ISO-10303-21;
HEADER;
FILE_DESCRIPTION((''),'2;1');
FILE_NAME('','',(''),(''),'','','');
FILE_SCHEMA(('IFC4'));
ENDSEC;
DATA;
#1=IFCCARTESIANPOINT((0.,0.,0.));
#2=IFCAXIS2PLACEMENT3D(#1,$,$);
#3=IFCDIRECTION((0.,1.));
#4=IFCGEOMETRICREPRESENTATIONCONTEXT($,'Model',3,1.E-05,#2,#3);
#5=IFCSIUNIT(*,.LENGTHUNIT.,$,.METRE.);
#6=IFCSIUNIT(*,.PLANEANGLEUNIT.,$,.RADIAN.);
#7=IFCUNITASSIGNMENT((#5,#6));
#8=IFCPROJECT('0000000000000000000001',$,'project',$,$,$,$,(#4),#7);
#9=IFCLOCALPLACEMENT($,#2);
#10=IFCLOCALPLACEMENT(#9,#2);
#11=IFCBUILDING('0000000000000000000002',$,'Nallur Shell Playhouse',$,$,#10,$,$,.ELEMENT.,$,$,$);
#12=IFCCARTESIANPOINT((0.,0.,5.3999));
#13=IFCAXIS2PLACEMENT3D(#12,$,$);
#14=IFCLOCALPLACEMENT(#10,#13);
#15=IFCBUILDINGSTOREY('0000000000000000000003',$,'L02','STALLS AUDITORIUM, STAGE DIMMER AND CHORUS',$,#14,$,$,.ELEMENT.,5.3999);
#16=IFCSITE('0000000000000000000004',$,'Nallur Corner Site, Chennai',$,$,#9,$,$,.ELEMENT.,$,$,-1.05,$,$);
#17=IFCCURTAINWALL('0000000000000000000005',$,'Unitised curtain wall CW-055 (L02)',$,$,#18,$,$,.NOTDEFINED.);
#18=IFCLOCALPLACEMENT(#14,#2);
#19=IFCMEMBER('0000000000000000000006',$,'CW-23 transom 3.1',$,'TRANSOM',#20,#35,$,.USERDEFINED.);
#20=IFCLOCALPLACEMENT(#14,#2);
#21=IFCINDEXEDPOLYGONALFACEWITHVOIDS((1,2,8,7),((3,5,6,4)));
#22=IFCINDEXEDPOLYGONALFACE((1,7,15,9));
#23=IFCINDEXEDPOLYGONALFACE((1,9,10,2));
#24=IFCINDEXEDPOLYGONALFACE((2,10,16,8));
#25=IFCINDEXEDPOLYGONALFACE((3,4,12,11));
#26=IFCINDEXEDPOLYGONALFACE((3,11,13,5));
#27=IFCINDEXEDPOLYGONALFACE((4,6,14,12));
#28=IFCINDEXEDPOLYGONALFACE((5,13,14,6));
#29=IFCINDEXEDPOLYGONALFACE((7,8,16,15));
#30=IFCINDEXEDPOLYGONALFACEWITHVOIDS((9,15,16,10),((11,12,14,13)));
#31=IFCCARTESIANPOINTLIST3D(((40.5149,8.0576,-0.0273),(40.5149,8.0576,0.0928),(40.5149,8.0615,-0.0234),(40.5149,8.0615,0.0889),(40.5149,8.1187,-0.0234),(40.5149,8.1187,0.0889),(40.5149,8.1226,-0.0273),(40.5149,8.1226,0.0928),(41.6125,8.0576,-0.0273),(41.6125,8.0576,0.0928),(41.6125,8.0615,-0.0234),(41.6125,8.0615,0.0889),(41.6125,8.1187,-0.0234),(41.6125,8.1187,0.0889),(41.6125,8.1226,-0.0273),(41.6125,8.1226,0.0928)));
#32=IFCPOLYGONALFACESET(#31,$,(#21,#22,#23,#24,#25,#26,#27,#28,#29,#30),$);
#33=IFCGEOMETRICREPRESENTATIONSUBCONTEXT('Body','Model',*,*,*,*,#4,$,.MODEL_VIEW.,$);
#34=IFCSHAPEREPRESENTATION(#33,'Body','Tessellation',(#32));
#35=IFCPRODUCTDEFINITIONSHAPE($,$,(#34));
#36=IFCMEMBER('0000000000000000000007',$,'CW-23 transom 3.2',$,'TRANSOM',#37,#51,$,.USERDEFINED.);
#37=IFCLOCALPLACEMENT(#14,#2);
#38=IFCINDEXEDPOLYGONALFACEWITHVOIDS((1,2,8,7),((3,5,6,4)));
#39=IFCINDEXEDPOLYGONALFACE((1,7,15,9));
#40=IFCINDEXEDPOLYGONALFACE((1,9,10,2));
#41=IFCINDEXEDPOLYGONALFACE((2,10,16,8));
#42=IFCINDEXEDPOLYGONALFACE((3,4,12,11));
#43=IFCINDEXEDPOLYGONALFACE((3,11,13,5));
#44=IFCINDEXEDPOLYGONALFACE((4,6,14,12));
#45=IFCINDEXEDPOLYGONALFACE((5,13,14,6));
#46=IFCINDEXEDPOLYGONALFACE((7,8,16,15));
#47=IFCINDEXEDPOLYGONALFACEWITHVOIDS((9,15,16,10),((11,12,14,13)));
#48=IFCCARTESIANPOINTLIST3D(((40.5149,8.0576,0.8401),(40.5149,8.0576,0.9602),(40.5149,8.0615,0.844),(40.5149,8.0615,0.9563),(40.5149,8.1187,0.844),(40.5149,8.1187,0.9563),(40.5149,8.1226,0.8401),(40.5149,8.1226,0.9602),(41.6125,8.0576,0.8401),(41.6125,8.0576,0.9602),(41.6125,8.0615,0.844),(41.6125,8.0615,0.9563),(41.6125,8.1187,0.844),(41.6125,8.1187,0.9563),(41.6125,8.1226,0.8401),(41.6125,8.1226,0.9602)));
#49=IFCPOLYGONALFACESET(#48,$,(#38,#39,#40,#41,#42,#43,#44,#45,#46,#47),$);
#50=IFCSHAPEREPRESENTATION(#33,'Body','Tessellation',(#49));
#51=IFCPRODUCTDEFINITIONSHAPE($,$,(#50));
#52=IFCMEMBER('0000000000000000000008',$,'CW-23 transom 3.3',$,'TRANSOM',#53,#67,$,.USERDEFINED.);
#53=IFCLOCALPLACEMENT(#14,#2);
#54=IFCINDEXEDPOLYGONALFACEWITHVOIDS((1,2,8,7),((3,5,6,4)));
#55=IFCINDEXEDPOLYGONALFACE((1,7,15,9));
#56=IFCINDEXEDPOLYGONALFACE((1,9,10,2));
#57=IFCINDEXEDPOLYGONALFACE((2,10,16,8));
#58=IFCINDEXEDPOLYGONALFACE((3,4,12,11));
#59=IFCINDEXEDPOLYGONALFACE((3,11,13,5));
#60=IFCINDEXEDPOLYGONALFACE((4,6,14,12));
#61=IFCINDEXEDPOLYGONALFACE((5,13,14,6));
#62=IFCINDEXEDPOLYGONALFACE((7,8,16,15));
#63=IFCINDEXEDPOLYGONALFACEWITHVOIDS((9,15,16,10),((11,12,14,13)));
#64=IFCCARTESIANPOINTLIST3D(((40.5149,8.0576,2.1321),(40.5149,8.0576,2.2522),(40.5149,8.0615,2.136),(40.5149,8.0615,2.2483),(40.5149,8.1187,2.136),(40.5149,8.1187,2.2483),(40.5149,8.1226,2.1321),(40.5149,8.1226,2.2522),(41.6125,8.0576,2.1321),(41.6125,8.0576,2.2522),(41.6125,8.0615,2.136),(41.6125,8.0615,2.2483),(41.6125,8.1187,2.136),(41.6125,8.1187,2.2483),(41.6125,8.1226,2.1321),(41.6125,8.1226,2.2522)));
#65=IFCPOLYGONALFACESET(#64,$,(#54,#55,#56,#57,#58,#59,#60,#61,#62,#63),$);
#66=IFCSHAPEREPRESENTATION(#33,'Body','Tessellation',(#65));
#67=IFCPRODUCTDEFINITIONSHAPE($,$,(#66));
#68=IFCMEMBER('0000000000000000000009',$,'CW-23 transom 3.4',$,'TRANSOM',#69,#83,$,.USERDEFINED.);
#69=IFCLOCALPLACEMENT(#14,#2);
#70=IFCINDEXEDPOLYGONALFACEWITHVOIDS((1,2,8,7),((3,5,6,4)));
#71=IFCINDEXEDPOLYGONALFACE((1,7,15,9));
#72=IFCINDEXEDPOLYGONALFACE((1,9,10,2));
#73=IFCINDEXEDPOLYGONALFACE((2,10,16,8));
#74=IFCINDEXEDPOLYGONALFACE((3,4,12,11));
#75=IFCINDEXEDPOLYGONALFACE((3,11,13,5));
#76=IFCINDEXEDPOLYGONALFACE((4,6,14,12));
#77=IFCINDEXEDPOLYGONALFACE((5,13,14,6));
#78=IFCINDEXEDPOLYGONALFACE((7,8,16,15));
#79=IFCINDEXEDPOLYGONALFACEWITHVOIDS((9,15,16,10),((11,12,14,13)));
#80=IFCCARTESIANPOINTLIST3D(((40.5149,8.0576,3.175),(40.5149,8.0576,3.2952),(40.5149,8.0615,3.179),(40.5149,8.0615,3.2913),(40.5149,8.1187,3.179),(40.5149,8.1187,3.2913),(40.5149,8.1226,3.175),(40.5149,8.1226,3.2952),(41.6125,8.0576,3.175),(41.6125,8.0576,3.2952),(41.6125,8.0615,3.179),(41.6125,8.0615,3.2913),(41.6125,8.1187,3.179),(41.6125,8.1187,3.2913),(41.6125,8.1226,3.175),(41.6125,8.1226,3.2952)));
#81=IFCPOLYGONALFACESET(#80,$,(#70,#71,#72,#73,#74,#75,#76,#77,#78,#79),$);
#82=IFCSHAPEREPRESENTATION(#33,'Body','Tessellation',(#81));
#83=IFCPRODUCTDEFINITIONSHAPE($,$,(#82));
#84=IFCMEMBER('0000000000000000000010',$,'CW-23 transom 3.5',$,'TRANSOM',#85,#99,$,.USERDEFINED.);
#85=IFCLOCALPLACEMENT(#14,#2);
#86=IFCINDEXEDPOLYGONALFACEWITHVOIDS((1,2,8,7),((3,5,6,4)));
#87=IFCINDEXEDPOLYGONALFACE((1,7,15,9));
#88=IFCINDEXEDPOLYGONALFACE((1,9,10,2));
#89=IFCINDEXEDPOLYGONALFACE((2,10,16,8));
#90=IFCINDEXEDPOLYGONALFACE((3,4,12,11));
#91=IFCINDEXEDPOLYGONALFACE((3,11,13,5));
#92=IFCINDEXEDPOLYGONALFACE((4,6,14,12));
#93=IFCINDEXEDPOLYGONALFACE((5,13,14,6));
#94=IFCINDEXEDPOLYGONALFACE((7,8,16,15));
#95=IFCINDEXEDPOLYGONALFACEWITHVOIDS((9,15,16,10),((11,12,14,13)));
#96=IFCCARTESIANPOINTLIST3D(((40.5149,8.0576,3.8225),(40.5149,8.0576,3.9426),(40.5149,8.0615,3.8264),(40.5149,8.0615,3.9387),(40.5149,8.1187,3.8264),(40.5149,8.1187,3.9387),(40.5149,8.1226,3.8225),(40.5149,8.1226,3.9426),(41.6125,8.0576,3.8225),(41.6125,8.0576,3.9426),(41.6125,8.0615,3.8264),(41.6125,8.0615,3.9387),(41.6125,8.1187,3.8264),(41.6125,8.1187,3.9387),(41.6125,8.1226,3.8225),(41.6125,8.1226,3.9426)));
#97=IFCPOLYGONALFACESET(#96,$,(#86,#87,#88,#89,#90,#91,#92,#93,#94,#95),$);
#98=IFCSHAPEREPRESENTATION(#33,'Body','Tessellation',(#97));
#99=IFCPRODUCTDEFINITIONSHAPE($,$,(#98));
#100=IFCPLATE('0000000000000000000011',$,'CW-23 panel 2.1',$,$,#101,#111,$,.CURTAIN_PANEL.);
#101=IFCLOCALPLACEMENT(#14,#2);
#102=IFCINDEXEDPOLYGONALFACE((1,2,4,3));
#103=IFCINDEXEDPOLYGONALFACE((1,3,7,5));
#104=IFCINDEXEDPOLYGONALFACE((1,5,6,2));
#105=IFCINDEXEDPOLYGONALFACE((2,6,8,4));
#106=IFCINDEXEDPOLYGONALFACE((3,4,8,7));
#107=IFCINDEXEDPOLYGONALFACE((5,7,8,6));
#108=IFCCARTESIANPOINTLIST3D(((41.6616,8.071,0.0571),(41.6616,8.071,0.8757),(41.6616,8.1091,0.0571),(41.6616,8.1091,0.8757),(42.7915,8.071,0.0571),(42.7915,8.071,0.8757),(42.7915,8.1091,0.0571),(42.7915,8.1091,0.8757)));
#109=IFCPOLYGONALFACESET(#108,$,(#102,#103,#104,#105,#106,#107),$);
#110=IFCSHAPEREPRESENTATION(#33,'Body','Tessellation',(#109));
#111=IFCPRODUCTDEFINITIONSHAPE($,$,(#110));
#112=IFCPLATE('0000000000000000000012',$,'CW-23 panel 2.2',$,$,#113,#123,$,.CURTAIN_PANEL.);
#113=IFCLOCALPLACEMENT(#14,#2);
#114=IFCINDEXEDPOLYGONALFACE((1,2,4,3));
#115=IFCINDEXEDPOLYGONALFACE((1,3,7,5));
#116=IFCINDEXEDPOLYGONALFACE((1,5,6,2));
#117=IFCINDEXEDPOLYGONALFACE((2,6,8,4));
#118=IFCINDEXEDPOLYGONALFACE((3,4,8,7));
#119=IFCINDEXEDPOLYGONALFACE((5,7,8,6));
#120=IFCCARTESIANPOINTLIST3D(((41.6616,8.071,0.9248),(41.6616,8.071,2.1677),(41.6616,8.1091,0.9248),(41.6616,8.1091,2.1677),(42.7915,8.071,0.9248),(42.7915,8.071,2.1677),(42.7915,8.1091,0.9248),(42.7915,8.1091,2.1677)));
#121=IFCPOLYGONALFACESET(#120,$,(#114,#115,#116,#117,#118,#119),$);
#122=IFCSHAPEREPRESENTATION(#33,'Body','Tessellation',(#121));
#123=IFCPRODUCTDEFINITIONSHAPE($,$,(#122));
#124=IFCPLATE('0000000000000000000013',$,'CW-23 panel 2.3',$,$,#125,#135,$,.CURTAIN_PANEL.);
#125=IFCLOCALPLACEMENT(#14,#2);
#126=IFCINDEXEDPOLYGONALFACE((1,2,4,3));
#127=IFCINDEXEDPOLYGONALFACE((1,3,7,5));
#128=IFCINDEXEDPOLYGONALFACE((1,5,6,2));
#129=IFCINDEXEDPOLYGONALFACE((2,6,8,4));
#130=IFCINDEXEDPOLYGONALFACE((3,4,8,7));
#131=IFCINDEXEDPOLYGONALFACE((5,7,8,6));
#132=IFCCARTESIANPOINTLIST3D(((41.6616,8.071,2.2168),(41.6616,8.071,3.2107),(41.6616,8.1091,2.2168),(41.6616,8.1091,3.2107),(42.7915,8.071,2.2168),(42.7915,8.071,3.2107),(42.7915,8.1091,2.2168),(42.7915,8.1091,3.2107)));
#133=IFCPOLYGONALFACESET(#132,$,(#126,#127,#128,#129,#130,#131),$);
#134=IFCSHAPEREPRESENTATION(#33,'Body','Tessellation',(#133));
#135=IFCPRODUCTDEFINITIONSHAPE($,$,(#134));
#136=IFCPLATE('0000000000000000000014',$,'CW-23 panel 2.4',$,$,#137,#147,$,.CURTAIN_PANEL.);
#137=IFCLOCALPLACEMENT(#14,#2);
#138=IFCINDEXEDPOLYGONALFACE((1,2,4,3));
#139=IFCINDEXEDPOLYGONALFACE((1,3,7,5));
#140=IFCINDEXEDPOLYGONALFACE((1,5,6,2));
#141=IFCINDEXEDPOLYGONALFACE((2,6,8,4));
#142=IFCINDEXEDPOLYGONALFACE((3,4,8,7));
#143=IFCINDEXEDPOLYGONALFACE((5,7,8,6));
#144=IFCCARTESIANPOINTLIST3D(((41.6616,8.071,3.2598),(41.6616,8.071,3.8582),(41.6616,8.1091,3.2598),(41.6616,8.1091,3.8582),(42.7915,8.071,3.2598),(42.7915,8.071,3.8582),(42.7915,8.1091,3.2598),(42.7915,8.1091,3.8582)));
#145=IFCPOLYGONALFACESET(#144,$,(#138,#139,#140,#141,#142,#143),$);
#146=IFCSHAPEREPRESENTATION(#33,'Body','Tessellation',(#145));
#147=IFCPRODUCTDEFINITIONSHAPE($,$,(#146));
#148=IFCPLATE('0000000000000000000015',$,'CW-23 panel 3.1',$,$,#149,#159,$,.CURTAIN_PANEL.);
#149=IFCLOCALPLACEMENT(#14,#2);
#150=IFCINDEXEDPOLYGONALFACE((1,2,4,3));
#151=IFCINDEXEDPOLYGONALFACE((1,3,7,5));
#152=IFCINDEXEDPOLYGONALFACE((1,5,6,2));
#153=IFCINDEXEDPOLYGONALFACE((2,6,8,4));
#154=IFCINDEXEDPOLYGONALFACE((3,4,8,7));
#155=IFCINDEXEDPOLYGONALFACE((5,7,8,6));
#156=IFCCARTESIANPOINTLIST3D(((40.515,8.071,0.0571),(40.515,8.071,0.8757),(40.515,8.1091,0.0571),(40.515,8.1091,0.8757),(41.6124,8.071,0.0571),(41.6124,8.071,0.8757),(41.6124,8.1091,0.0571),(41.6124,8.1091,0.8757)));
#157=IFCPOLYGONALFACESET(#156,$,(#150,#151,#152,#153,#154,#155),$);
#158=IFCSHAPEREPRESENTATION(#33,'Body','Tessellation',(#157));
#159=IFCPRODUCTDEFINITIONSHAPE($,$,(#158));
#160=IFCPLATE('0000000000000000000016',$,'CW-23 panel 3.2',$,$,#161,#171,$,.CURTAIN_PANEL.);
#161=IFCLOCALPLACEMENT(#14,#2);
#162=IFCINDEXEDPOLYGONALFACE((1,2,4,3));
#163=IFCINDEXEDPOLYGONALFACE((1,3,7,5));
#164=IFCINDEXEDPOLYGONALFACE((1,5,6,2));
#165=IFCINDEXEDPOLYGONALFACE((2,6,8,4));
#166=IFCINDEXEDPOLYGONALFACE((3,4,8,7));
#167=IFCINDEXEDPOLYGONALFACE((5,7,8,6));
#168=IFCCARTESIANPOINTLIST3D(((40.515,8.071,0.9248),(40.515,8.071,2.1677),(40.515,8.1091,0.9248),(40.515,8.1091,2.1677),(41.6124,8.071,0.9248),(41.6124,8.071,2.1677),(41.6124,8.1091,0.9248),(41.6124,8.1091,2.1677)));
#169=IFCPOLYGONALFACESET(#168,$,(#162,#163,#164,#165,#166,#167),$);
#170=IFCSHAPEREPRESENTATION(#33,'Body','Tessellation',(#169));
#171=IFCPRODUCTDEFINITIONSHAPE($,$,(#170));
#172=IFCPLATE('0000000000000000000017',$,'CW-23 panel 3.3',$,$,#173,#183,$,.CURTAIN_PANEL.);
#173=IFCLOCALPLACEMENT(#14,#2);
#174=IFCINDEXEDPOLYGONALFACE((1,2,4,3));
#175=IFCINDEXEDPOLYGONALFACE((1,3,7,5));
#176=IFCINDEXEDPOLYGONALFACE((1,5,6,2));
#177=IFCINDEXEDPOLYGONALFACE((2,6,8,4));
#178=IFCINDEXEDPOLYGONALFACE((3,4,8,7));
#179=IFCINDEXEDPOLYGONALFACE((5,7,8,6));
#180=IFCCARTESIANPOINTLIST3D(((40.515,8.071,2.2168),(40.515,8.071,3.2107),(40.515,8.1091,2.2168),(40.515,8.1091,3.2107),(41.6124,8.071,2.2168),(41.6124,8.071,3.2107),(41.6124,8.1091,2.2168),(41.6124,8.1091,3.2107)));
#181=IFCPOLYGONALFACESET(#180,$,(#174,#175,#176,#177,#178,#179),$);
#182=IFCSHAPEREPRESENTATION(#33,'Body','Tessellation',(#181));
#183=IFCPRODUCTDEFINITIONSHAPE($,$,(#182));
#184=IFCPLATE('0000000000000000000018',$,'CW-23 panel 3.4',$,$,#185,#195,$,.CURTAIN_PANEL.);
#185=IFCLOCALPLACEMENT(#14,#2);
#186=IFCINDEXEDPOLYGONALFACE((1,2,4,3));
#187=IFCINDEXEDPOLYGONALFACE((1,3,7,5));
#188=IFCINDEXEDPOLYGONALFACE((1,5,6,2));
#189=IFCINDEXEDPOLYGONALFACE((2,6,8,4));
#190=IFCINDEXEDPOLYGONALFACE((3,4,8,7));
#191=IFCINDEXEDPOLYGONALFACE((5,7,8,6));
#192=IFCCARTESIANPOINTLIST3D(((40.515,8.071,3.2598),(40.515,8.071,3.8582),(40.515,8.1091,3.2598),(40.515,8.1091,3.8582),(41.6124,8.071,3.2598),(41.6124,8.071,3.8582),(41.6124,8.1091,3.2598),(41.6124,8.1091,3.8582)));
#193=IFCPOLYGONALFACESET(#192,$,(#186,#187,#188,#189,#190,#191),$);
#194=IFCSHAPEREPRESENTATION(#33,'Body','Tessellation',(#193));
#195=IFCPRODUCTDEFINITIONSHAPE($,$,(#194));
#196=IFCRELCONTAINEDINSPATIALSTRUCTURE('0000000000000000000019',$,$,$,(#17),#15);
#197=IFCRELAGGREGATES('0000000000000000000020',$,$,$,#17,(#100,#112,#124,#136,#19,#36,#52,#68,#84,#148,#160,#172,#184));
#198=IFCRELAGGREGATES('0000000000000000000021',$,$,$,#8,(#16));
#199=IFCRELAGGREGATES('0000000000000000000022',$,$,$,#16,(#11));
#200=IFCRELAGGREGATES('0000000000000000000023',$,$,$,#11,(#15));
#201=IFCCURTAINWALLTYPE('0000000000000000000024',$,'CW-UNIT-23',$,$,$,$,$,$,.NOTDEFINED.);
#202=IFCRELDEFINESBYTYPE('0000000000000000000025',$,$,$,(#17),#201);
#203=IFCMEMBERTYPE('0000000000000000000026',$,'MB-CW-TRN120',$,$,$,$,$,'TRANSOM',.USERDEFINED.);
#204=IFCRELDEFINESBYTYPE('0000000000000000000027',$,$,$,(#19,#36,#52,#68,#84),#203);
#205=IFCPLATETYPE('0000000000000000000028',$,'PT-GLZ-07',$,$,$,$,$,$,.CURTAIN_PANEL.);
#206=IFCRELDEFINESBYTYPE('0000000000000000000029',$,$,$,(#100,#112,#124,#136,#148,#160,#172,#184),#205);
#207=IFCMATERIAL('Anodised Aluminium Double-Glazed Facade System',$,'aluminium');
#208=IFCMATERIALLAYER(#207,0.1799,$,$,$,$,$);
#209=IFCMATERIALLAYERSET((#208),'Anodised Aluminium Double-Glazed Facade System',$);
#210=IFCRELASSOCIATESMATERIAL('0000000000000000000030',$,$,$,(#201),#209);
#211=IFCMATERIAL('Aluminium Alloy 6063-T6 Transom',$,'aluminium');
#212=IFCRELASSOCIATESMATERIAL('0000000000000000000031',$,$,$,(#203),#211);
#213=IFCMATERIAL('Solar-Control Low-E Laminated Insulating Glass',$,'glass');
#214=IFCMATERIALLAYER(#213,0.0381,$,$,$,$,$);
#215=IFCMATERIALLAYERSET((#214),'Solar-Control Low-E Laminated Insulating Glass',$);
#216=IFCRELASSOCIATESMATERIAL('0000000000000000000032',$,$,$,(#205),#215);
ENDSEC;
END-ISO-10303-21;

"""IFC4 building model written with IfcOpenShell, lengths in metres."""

from ifc_helpers import new_model, si_unit, direction, frame, origin, origin_2d, place, context, subcontext, project, spatial, rectangle, hollow_rectangle, extrude, material, layer, layer_set, material_profile, profile_set, type_object, element, aggregate, save


model = new_model("IFC4")

# Units and contexts
model_context = context("Model", 3, precision=1e-05, world=origin(), true_north=direction((0.0, 1.0)))
body_context = subcontext(model_context, "Body", "Model", "MODEL_VIEW")
ifc_project = project(units=[si_unit("LENGTHUNIT", "METRE"), si_unit("PLANEANGLEUNIT", "RADIAN")], contexts=[model_context])

# Site, building, storey
site_placement = place(None, origin())
site = spatial("IfcSite", under=ifc_project, at=site_placement, Name="Nallur Corner Site, Chennai", CompositionType="ELEMENT", RefElevation=-1.05)
building_placement = place(site_placement, origin())
building = spatial("IfcBuilding", under=site, at=building_placement, Name="Nallur Shell Playhouse", CompositionType="ELEMENT")
storey_placement = place(building_placement, frame((0.0, 0.0, 5.3999)))
storey = spatial("IfcBuildingStorey", under=building, at=storey_placement, Name="L02", Description="STALLS AUDITORIUM, STAGE DIMMER AND CHORUS", CompositionType="ELEMENT", Elevation=5.3999)

# Curtain wall, members, plates
ifc_material_1 = material(Name="Anodised Aluminium Double-Glazed Facade System", Category="aluminium")
ifc_layer_1 = layer(ifc_material_1, 0.1799)
ifc_layer_set_1 = layer_set([ifc_layer_1], Name="Anodised Aluminium Double-Glazed Facade System")
curtain_wall_type = type_object("IfcCurtainWallType", Name="CW-UNIT-23", PredefinedType="NOTDEFINED", material=ifc_layer_set_1)
curtain_wall_placement = place(storey_placement, origin())
curtain_wall = element("IfcCurtainWall", 1, at=curtain_wall_placement, inside=storey, type_object=curtain_wall_type, Name="Unitised curtain wall CW-055 (L02)", PredefinedType="NOTDEFINED")
ifc_material_2 = material(Name="Aluminium Alloy 6063-T6 Transom", Category="aluminium")
ifc_material_profile_1 = material_profile(ifc_material_2, hollow_rectangle(XDim=0.0649, YDim=0.1201, WallThickness=0.0039, at=origin_2d()), Name="ALU 65x120x4")
ifc_profile_set_1 = profile_set([ifc_material_profile_1], Name="Aluminium Alloy 6063-T6 Transom")
member_type_1 = type_object("IfcMemberType", Name="MB-CW-TRN120", ElementType="TRANSOM", PredefinedType="USERDEFINED", material=ifc_profile_set_1)
member_1_placement = place(storey_placement, frame((41.6125, 8.0901, 0.0327), z_axis=(-1.0, 0.0, 0.0), x_axis=(0.0, -1.0, 0.0)))
member_1 = element("IfcMember", 2, at=member_1_placement, type_object=member_type_1, Name="CW-23 transom 3.1", ObjectType="TRANSOM", PredefinedType="USERDEFINED", context=body_context, shape_type="SweptSolid", body=[
    extrude(hollow_rectangle(XDim=0.0649, YDim=0.1201, WallThickness=0.0039, at=origin_2d()), origin(), (0.0, 0.0, 1.0), 1.0977),
])
member_2_placement = place(storey_placement, frame((41.6125, 8.0901, 0.9001), z_axis=(-1.0, 0.0, 0.0), x_axis=(0.0, -1.0, 0.0)))
member_2 = element("IfcMember", 3, at=member_2_placement, type_object=member_type_1, Name="CW-23 transom 3.2", ObjectType="TRANSOM", PredefinedType="USERDEFINED", context=body_context, shape_type="SweptSolid", body=[
    extrude(hollow_rectangle(XDim=0.0649, YDim=0.1201, WallThickness=0.0039, at=origin_2d()), origin(), (0.0, 0.0, 1.0), 1.0977),
])
member_3_placement = place(storey_placement, frame((41.6125, 8.0901, 2.1921), z_axis=(-1.0, 0.0, 0.0), x_axis=(0.0, -1.0, 0.0)))
member_3 = element("IfcMember", 4, at=member_3_placement, type_object=member_type_1, Name="CW-23 transom 3.3", ObjectType="TRANSOM", PredefinedType="USERDEFINED", context=body_context, shape_type="SweptSolid", body=[
    extrude(hollow_rectangle(XDim=0.0649, YDim=0.1201, WallThickness=0.0039, at=origin_2d()), origin(), (0.0, 0.0, 1.0), 1.0977),
])
member_4_placement = place(storey_placement, frame((41.6125, 8.0901, 3.2351), z_axis=(-1.0, 0.0, 0.0), x_axis=(0.0, -1.0, 0.0)))
member_4 = element("IfcMember", 5, at=member_4_placement, type_object=member_type_1, Name="CW-23 transom 3.4", ObjectType="TRANSOM", PredefinedType="USERDEFINED", context=body_context, shape_type="SweptSolid", body=[
    extrude(hollow_rectangle(XDim=0.0649, YDim=0.1201, WallThickness=0.0039, at=origin_2d()), origin(), (0.0, 0.0, 1.0), 1.0977),
])
member_5_placement = place(storey_placement, frame((41.6125, 8.0901, 3.8826), z_axis=(-1.0, 0.0, 0.0), x_axis=(0.0, -1.0, 0.0)))
member_5 = element("IfcMember", 6, at=member_5_placement, type_object=member_type_1, Name="CW-23 transom 3.5", ObjectType="TRANSOM", PredefinedType="USERDEFINED", context=body_context, shape_type="SweptSolid", body=[
    extrude(hollow_rectangle(XDim=0.0649, YDim=0.1201, WallThickness=0.0039, at=origin_2d()), origin(), (0.0, 0.0, 1.0), 1.0977),
])
ifc_material_3 = material(Name="Solar-Control Low-E Laminated Insulating Glass", Category="glass")
ifc_layer_2 = layer(ifc_material_3, 0.0381)
ifc_layer_set_2 = layer_set([ifc_layer_2], Name="Solar-Control Low-E Laminated Insulating Glass")
plate_type = type_object("IfcPlateType", Name="PT-GLZ-07", PredefinedType="CURTAIN_PANEL", material=ifc_layer_set_2)
plate_1_placement = place(storey_placement, frame((42.2266, 8.0901, 0.0571), z_axis=(0.0, 0.0, 1.0), x_axis=(-1.0, 0.0, 0.0)))
plate_1 = element("IfcPlate", 7, at=plate_1_placement, type_object=plate_type, Name="CW-23 panel 2.1", PredefinedType="CURTAIN_PANEL", context=body_context, shape_type="SweptSolid", body=[
    extrude(rectangle(XDim=1.1299, YDim=0.0381, at=origin_2d()), origin(), (0.0, 0.0, 1.0), 0.8186),
])
plate_2_placement = place(storey_placement, frame((42.2266, 8.0901, 0.9248), z_axis=(0.0, 0.0, 1.0), x_axis=(-1.0, 0.0, 0.0)))
plate_2 = element("IfcPlate", 8, at=plate_2_placement, type_object=plate_type, Name="CW-23 panel 2.2", PredefinedType="CURTAIN_PANEL", context=body_context, shape_type="SweptSolid", body=[
    extrude(rectangle(XDim=1.1299, YDim=0.0381, at=origin_2d()), origin(), (0.0, 0.0, 1.0), 1.2429),
])
plate_3_placement = place(storey_placement, frame((42.2266, 8.0901, 2.2168), z_axis=(0.0, 0.0, 1.0), x_axis=(-1.0, 0.0, 0.0)))
plate_3 = element("IfcPlate", 9, at=plate_3_placement, type_object=plate_type, Name="CW-23 panel 2.3", PredefinedType="CURTAIN_PANEL", context=body_context, shape_type="SweptSolid", body=[
    extrude(rectangle(XDim=1.1299, YDim=0.0381, at=origin_2d()), origin(), (0.0, 0.0, 1.0), 0.9939),
])
plate_4_placement = place(storey_placement, frame((42.2266, 8.0901, 3.2598), z_axis=(0.0, 0.0, 1.0), x_axis=(-1.0, 0.0, 0.0)))
plate_4 = element("IfcPlate", 10, at=plate_4_placement, type_object=plate_type, Name="CW-23 panel 2.4", PredefinedType="CURTAIN_PANEL", context=body_context, shape_type="SweptSolid", body=[
    extrude(rectangle(XDim=1.1299, YDim=0.0381, at=origin_2d()), origin(), (0.0, 0.0, 1.0), 0.5984),
])
plate_5_placement = place(storey_placement, frame((41.0637, 8.0901, 0.0571), z_axis=(0.0, 0.0, 1.0), x_axis=(-1.0, 0.0, 0.0)))
plate_5 = element("IfcPlate", 11, at=plate_5_placement, type_object=plate_type, Name="CW-23 panel 3.1", PredefinedType="CURTAIN_PANEL", context=body_context, shape_type="SweptSolid", body=[
    extrude(rectangle(XDim=1.0974, YDim=0.0381, at=origin_2d()), origin(), (0.0, 0.0, 1.0), 0.8186),
])
plate_6_placement = place(storey_placement, frame((41.0637, 8.0901, 0.9248), z_axis=(0.0, 0.0, 1.0), x_axis=(-1.0, 0.0, 0.0)))
plate_6 = element("IfcPlate", 12, at=plate_6_placement, type_object=plate_type, Name="CW-23 panel 3.2", PredefinedType="CURTAIN_PANEL", context=body_context, shape_type="SweptSolid", body=[
    extrude(rectangle(XDim=1.0974, YDim=0.0381, at=origin_2d()), origin(), (0.0, 0.0, 1.0), 1.2429),
])
plate_7_placement = place(storey_placement, frame((41.0637, 8.0901, 2.2168), z_axis=(0.0, 0.0, 1.0), x_axis=(-1.0, 0.0, 0.0)))
plate_7 = element("IfcPlate", 13, at=plate_7_placement, type_object=plate_type, Name="CW-23 panel 3.3", PredefinedType="CURTAIN_PANEL", context=body_context, shape_type="SweptSolid", body=[
    extrude(rectangle(XDim=1.0974, YDim=0.0381, at=origin_2d()), origin(), (0.0, 0.0, 1.0), 0.9939),
])
plate_8_placement = place(storey_placement, frame((41.0637, 8.0901, 3.2598), z_axis=(0.0, 0.0, 1.0), x_axis=(-1.0, 0.0, 0.0)))
plate_8 = element("IfcPlate", 14, at=plate_8_placement, type_object=plate_type, Name="CW-23 panel 3.4", PredefinedType="CURTAIN_PANEL", context=body_context, shape_type="SweptSolid", body=[
    extrude(rectangle(XDim=1.0974, YDim=0.0381, at=origin_2d()), origin(), (0.0, 0.0, 1.0), 0.5984),
])
aggregate(curtain_wall, [plate_1, plate_2, plate_3, plate_4, member_1, member_2, member_3, member_4, member_5, plate_5, plate_6, plate_7, plate_8])

save(model, "model.ifc")
